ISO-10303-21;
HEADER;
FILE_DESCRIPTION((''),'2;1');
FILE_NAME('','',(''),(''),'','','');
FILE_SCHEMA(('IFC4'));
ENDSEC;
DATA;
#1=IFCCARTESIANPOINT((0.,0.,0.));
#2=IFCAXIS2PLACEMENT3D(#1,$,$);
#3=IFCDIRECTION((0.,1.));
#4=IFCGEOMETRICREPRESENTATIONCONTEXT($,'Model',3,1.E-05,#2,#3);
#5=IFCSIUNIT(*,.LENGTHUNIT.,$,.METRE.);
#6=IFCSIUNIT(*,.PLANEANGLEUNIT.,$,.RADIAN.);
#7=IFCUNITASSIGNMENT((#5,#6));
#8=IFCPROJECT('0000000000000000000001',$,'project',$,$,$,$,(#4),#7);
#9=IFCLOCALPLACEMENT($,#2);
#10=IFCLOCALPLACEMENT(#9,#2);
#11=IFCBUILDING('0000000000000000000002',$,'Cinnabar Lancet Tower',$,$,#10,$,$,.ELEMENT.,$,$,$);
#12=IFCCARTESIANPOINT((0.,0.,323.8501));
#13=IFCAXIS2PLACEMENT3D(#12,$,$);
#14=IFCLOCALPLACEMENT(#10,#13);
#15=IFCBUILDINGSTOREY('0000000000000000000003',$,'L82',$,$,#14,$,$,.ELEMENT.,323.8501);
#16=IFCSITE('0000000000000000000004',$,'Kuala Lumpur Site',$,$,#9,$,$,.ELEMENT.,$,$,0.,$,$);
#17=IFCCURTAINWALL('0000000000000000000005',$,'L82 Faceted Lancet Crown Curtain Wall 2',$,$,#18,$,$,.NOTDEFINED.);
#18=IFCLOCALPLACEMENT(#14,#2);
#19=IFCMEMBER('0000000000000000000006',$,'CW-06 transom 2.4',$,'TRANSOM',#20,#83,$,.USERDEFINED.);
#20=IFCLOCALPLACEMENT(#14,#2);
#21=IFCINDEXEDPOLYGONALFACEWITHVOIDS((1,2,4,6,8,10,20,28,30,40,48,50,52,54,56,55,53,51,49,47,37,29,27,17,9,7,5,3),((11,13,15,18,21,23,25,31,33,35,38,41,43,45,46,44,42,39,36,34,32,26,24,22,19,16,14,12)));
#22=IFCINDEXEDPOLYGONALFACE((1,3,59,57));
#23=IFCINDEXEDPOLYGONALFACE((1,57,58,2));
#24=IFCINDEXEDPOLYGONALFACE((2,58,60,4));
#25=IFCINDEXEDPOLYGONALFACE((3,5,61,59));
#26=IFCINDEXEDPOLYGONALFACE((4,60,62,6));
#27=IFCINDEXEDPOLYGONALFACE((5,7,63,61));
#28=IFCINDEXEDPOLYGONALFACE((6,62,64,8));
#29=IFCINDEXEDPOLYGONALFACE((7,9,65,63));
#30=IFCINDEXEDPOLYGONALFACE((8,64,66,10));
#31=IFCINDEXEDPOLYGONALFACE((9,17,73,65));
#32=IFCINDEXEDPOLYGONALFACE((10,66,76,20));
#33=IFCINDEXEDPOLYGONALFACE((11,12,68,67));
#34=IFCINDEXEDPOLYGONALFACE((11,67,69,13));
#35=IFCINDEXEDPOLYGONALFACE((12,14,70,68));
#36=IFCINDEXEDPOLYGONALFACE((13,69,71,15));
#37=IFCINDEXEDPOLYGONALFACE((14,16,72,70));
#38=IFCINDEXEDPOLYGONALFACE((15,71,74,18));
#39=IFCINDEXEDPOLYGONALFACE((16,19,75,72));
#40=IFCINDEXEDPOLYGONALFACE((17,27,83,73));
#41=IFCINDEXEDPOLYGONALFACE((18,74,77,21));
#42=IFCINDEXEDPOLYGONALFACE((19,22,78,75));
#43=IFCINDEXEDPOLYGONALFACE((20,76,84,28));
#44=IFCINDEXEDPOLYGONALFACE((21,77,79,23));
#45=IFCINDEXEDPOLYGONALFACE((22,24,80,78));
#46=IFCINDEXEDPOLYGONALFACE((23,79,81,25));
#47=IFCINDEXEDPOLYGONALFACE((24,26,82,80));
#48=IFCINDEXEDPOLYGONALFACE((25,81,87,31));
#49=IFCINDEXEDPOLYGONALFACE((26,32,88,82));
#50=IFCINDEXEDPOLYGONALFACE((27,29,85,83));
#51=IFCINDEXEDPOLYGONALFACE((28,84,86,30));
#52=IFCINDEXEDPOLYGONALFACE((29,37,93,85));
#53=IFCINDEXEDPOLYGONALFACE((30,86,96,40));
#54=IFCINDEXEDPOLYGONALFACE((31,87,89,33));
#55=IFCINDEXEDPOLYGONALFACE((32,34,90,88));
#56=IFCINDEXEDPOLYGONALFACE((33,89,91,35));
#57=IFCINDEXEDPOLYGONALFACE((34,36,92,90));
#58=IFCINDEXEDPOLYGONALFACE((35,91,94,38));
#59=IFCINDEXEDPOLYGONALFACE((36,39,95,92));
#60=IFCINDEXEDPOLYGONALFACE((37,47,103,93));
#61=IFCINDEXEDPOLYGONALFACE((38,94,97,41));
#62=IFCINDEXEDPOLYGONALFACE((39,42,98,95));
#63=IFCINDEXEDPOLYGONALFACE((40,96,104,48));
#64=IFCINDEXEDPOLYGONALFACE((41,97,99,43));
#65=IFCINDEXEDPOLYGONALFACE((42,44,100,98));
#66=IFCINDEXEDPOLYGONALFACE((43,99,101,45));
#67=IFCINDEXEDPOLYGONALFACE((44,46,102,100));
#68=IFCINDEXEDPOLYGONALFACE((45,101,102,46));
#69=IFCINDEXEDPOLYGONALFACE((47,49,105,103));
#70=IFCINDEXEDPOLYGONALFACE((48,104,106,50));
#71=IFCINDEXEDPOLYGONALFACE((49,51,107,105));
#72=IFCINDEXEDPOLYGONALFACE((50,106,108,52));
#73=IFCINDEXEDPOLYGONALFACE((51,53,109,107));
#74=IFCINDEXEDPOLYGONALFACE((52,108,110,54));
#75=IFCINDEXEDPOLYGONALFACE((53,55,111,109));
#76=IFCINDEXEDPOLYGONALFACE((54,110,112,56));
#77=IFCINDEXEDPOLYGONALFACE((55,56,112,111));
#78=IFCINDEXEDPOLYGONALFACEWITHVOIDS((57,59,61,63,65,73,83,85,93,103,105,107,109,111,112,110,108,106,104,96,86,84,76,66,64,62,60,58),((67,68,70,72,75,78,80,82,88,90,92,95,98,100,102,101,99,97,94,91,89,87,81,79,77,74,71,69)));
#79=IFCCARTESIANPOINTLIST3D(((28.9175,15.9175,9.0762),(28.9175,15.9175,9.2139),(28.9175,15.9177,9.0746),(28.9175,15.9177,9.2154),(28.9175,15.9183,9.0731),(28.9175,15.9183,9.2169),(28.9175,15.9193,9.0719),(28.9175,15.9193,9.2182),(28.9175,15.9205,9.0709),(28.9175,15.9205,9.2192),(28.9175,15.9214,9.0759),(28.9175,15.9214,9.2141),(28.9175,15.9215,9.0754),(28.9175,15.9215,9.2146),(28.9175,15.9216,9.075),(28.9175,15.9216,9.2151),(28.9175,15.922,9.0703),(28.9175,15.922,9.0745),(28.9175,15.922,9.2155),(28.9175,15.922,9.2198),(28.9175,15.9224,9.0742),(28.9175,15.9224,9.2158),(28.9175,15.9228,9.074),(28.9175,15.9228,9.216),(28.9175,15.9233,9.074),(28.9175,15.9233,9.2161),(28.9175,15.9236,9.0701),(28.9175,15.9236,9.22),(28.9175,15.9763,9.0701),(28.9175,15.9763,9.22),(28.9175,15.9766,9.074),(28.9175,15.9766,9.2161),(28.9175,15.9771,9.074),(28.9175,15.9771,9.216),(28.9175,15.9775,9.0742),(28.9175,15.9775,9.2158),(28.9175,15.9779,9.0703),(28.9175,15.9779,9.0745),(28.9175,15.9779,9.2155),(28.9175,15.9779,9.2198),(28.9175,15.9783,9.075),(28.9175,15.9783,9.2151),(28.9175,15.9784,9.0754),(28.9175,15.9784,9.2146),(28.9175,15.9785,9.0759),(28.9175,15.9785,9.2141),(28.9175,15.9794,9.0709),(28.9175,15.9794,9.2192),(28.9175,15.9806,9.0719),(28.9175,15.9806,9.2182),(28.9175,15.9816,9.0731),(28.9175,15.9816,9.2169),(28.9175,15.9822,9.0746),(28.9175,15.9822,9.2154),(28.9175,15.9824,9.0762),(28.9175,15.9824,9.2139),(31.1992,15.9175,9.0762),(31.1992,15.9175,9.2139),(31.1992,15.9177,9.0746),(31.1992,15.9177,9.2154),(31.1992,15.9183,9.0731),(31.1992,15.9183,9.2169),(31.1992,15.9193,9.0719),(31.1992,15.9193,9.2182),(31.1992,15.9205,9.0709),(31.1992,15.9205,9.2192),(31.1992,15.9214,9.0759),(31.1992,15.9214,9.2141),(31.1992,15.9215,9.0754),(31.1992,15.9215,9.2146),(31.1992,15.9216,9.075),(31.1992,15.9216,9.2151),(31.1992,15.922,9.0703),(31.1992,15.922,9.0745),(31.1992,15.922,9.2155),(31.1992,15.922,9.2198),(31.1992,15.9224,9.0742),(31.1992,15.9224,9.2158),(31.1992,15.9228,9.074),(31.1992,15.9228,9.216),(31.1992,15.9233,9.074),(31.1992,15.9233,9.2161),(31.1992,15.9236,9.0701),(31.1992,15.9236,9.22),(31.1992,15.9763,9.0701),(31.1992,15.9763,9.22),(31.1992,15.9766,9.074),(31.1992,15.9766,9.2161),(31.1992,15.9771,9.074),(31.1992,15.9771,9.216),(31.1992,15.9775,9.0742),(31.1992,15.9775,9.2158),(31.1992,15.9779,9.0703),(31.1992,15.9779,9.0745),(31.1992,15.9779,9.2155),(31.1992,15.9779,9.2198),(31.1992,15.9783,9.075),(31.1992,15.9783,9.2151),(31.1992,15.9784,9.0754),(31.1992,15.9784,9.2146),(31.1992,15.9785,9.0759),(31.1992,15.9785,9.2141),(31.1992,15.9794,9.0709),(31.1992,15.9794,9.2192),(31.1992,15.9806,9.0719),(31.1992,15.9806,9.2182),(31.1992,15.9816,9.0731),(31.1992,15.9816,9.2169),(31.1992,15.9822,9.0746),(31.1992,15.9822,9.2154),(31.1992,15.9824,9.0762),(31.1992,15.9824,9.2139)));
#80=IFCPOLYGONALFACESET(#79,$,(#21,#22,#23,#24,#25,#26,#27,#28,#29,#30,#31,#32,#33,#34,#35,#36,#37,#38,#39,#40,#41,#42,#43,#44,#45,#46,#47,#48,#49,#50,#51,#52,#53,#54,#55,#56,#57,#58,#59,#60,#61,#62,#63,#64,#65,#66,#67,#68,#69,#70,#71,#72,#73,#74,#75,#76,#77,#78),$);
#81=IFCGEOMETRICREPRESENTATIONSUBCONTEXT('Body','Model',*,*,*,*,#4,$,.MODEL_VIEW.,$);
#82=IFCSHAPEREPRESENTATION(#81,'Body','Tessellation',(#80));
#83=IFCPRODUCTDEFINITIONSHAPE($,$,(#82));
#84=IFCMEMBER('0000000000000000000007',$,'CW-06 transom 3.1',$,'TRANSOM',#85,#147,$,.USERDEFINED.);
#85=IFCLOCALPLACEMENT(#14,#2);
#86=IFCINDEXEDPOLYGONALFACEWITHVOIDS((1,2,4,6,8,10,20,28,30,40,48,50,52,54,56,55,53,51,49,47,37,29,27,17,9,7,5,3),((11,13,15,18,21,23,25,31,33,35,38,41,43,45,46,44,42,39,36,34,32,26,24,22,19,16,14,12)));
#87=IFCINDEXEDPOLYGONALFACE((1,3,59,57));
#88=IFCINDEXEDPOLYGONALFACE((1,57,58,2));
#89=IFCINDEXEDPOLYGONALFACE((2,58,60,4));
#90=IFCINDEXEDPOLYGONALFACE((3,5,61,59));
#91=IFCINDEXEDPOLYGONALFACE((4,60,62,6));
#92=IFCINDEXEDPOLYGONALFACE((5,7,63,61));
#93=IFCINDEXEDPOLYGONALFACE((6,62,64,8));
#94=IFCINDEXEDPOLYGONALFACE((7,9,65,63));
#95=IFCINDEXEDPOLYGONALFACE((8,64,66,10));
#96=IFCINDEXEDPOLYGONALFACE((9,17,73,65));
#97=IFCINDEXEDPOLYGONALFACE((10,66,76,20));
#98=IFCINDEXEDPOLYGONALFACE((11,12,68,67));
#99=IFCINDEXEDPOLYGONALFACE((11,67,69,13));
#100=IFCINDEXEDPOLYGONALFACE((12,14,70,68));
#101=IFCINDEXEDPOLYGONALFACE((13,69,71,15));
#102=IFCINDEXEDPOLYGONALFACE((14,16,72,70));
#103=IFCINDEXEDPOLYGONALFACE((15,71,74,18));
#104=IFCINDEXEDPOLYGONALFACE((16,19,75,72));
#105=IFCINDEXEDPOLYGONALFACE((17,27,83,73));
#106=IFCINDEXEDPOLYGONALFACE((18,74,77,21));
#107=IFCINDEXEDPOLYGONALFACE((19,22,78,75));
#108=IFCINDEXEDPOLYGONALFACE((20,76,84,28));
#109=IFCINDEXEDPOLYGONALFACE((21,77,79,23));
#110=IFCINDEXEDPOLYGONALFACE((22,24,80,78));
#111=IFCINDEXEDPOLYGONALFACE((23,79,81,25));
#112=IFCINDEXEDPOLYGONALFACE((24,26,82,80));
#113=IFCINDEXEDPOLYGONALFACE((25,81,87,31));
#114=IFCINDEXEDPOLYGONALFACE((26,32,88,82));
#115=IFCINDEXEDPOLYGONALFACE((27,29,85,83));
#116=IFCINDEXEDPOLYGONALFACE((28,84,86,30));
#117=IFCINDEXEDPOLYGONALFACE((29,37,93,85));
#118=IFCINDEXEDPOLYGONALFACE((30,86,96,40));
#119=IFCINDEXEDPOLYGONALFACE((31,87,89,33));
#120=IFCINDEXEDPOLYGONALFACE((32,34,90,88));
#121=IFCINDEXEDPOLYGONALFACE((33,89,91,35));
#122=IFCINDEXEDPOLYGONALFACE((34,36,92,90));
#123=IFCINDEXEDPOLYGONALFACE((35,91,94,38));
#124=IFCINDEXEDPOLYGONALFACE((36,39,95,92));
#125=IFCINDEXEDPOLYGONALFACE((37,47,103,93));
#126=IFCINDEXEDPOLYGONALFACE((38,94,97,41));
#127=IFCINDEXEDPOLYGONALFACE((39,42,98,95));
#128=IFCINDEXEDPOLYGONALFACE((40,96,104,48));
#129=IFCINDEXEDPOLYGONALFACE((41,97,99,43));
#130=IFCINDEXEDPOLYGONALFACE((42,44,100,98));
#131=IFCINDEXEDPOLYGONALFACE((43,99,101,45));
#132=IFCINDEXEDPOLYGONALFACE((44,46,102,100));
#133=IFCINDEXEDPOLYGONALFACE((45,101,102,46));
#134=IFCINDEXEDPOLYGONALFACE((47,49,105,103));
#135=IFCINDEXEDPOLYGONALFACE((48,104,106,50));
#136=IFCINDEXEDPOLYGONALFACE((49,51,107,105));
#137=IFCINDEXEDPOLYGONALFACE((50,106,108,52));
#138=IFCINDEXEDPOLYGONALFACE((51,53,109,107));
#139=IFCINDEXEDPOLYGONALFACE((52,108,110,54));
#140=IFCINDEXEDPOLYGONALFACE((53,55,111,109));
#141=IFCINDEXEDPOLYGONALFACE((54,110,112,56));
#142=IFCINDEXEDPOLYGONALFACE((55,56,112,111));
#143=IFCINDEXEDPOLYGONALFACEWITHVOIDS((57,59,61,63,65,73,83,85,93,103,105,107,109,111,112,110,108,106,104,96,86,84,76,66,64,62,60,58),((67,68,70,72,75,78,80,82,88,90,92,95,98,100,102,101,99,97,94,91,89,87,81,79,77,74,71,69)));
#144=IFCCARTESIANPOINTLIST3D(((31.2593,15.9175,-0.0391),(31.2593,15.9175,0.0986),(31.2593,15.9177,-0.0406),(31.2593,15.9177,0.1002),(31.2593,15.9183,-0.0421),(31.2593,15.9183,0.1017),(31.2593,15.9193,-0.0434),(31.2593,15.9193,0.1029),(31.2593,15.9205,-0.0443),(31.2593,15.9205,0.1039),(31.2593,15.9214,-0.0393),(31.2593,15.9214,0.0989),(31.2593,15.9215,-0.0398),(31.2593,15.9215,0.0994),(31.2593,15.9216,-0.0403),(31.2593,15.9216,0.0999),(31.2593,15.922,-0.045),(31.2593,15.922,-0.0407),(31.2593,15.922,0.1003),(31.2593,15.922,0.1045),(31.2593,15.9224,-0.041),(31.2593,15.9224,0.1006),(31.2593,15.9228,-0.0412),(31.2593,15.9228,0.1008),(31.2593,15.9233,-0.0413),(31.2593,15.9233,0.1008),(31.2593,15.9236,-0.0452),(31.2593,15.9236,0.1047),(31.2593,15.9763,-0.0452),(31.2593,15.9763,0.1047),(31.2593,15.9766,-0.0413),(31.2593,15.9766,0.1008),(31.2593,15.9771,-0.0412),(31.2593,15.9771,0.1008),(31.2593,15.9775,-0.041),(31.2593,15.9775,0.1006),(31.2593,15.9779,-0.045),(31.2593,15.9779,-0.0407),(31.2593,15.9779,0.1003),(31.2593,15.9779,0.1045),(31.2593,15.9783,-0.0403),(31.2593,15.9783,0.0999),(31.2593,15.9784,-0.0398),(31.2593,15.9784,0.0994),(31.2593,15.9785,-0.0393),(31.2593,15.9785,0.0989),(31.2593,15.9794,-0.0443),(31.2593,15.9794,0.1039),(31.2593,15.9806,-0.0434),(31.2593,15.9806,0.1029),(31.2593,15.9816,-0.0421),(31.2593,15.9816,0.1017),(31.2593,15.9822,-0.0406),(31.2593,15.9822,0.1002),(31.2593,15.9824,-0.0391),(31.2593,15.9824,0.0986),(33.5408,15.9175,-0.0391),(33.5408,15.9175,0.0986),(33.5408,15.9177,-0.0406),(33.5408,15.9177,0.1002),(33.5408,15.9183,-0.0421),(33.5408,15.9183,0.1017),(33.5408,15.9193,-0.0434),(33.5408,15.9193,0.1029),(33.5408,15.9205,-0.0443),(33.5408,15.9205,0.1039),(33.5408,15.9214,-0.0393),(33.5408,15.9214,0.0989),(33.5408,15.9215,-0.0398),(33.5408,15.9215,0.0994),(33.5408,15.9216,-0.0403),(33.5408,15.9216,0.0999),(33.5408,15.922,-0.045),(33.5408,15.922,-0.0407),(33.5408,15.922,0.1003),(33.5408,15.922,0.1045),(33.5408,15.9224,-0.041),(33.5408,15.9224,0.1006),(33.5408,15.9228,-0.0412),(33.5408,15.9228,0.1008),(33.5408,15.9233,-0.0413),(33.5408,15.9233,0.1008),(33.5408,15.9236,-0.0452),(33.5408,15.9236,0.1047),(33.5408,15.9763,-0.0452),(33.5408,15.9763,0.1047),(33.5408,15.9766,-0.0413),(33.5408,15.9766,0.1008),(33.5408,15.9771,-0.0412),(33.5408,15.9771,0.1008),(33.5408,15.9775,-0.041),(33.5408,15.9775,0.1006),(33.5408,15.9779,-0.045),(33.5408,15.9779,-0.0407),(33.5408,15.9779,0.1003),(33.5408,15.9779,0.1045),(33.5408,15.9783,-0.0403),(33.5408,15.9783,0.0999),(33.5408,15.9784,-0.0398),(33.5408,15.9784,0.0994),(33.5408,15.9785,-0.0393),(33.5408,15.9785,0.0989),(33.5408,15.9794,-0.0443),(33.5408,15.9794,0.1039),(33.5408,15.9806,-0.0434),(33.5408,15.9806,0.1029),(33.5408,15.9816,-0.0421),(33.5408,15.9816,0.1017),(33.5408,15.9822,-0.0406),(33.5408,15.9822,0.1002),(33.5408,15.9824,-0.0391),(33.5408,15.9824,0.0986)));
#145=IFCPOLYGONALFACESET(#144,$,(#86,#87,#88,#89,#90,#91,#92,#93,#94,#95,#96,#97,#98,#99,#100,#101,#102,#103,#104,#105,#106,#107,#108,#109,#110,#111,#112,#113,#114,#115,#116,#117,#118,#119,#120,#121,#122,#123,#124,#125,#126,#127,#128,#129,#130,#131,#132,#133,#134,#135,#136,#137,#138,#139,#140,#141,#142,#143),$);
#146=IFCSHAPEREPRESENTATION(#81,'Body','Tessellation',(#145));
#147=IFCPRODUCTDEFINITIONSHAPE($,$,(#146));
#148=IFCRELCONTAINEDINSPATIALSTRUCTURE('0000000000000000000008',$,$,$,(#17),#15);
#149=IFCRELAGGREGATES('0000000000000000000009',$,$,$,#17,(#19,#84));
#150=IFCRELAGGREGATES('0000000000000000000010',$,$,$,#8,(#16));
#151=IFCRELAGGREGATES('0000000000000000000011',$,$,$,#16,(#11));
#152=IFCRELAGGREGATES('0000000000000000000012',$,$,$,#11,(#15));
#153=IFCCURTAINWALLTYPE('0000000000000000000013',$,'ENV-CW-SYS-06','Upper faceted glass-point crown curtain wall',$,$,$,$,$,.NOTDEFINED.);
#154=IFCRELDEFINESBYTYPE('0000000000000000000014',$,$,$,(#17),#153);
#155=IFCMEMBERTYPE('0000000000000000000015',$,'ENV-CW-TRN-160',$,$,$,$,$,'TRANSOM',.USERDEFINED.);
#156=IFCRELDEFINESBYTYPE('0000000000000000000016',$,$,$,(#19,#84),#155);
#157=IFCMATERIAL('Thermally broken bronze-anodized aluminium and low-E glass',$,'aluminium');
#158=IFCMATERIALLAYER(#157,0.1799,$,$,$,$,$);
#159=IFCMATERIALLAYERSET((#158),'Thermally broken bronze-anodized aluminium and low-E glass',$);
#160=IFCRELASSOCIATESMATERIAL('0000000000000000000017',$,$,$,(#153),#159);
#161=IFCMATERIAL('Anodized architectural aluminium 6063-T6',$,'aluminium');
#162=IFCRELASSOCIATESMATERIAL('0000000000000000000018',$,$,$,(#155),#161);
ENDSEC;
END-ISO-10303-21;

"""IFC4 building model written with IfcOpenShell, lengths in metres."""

from ifc_helpers import new_model, si_unit, direction, frame, origin, origin_2d, place, context, subcontext, project, spatial, hollow_rectangle, extrude, material, layer, layer_set, material_profile, profile_set, type_object, element, aggregate, save


model = new_model("IFC4")

# Units and contexts
model_context = context("Model", 3, precision=1e-05, world=origin(), true_north=direction((0.0, 1.0)))
body_context = subcontext(model_context, "Body", "Model", "MODEL_VIEW")
ifc_project = project(units=[si_unit("LENGTHUNIT", "METRE"), si_unit("PLANEANGLEUNIT", "RADIAN")], contexts=[model_context])

# Site, building, storey
site_placement = place(None, origin())
site = spatial("IfcSite", under=ifc_project, at=site_placement, Name="Kuala Lumpur Site", CompositionType="ELEMENT", RefElevation=0.0)
building_placement = place(site_placement, origin())
building = spatial("IfcBuilding", under=site, at=building_placement, Name="Cinnabar Lancet Tower", CompositionType="ELEMENT")
storey_placement = place(building_placement, frame((0.0, 0.0, 323.8501)))
storey = spatial("IfcBuildingStorey", under=building, at=storey_placement, Name="L82", CompositionType="ELEMENT", Elevation=323.8501)

# Curtain wall
ifc_material_1 = material(Name="Thermally broken bronze-anodized aluminium and low-E glass", Category="aluminium")
ifc_layer_1 = layer(ifc_material_1, 0.1799)
ifc_layer_set_1 = layer_set([ifc_layer_1], Name="Thermally broken bronze-anodized aluminium and low-E glass")
curtain_wall_type = type_object("IfcCurtainWallType", Name="ENV-CW-SYS-06", Description="Upper faceted glass-point crown curtain wall", PredefinedType="NOTDEFINED", material=ifc_layer_set_1)
curtain_wall_1_placement = place(storey_placement, origin())
curtain_wall_1 = element("IfcCurtainWall", 1, at=curtain_wall_1_placement, inside=storey, type_object=curtain_wall_type, Name="L82 Faceted Lancet Crown Curtain Wall 2", PredefinedType="NOTDEFINED")

# Members
ifc_material_2 = material(Name="Anodized architectural aluminium 6063-T6", Category="aluminium")
ifc_material_profile_1 = material_profile(ifc_material_2, hollow_rectangle(XDim=0.0649, YDim=0.1499, WallThickness=0.0039, InnerFilletRadius=0.002, OuterFilletRadius=0.0061, at=origin_2d()), Name="CW-TRN 150x65x4")
ifc_profile_set_1 = profile_set([ifc_material_profile_1], Name="Anodized architectural aluminium 6063-T6")
member_type_1 = type_object("IfcMemberType", Name="ENV-CW-TRN-160", ElementType="TRANSOM", PredefinedType="USERDEFINED", material=ifc_profile_set_1)
member_1_placement = place(storey_placement, frame((28.9175, 15.95, 9.145), z_axis=(1.0, 0.0, 0.0), x_axis=(0.0, 1.0, 0.0)))
member_1 = element("IfcMember", 2, at=member_1_placement, type_object=member_type_1, Name="CW-06 transom 2.4", ObjectType="TRANSOM", PredefinedType="USERDEFINED", context=body_context, shape_type="SweptSolid", body=[
    extrude(hollow_rectangle(XDim=0.0649, YDim=0.1499, WallThickness=0.0039, InnerFilletRadius=0.002, OuterFilletRadius=0.0061, at=origin_2d()), origin(), (0.0, 0.0, 1.0), 2.2817),
])
member_2_placement = place(storey_placement, frame((31.2593, 15.95, 0.0298), z_axis=(1.0, 0.0, 0.0), x_axis=(0.0, 1.0, 0.0)))
member_2 = element("IfcMember", 3, at=member_2_placement, type_object=member_type_1, Name="CW-06 transom 3.1", ObjectType="TRANSOM", PredefinedType="USERDEFINED", context=body_context, shape_type="SweptSolid", body=[
    extrude(hollow_rectangle(XDim=0.0649, YDim=0.1499, WallThickness=0.0039, InnerFilletRadius=0.002, OuterFilletRadius=0.0061, at=origin_2d()), origin(), (0.0, 0.0, 1.0), 2.2815),
])

aggregate(curtain_wall_1, [member_1, member_2])

save(model, "model.ifc")
